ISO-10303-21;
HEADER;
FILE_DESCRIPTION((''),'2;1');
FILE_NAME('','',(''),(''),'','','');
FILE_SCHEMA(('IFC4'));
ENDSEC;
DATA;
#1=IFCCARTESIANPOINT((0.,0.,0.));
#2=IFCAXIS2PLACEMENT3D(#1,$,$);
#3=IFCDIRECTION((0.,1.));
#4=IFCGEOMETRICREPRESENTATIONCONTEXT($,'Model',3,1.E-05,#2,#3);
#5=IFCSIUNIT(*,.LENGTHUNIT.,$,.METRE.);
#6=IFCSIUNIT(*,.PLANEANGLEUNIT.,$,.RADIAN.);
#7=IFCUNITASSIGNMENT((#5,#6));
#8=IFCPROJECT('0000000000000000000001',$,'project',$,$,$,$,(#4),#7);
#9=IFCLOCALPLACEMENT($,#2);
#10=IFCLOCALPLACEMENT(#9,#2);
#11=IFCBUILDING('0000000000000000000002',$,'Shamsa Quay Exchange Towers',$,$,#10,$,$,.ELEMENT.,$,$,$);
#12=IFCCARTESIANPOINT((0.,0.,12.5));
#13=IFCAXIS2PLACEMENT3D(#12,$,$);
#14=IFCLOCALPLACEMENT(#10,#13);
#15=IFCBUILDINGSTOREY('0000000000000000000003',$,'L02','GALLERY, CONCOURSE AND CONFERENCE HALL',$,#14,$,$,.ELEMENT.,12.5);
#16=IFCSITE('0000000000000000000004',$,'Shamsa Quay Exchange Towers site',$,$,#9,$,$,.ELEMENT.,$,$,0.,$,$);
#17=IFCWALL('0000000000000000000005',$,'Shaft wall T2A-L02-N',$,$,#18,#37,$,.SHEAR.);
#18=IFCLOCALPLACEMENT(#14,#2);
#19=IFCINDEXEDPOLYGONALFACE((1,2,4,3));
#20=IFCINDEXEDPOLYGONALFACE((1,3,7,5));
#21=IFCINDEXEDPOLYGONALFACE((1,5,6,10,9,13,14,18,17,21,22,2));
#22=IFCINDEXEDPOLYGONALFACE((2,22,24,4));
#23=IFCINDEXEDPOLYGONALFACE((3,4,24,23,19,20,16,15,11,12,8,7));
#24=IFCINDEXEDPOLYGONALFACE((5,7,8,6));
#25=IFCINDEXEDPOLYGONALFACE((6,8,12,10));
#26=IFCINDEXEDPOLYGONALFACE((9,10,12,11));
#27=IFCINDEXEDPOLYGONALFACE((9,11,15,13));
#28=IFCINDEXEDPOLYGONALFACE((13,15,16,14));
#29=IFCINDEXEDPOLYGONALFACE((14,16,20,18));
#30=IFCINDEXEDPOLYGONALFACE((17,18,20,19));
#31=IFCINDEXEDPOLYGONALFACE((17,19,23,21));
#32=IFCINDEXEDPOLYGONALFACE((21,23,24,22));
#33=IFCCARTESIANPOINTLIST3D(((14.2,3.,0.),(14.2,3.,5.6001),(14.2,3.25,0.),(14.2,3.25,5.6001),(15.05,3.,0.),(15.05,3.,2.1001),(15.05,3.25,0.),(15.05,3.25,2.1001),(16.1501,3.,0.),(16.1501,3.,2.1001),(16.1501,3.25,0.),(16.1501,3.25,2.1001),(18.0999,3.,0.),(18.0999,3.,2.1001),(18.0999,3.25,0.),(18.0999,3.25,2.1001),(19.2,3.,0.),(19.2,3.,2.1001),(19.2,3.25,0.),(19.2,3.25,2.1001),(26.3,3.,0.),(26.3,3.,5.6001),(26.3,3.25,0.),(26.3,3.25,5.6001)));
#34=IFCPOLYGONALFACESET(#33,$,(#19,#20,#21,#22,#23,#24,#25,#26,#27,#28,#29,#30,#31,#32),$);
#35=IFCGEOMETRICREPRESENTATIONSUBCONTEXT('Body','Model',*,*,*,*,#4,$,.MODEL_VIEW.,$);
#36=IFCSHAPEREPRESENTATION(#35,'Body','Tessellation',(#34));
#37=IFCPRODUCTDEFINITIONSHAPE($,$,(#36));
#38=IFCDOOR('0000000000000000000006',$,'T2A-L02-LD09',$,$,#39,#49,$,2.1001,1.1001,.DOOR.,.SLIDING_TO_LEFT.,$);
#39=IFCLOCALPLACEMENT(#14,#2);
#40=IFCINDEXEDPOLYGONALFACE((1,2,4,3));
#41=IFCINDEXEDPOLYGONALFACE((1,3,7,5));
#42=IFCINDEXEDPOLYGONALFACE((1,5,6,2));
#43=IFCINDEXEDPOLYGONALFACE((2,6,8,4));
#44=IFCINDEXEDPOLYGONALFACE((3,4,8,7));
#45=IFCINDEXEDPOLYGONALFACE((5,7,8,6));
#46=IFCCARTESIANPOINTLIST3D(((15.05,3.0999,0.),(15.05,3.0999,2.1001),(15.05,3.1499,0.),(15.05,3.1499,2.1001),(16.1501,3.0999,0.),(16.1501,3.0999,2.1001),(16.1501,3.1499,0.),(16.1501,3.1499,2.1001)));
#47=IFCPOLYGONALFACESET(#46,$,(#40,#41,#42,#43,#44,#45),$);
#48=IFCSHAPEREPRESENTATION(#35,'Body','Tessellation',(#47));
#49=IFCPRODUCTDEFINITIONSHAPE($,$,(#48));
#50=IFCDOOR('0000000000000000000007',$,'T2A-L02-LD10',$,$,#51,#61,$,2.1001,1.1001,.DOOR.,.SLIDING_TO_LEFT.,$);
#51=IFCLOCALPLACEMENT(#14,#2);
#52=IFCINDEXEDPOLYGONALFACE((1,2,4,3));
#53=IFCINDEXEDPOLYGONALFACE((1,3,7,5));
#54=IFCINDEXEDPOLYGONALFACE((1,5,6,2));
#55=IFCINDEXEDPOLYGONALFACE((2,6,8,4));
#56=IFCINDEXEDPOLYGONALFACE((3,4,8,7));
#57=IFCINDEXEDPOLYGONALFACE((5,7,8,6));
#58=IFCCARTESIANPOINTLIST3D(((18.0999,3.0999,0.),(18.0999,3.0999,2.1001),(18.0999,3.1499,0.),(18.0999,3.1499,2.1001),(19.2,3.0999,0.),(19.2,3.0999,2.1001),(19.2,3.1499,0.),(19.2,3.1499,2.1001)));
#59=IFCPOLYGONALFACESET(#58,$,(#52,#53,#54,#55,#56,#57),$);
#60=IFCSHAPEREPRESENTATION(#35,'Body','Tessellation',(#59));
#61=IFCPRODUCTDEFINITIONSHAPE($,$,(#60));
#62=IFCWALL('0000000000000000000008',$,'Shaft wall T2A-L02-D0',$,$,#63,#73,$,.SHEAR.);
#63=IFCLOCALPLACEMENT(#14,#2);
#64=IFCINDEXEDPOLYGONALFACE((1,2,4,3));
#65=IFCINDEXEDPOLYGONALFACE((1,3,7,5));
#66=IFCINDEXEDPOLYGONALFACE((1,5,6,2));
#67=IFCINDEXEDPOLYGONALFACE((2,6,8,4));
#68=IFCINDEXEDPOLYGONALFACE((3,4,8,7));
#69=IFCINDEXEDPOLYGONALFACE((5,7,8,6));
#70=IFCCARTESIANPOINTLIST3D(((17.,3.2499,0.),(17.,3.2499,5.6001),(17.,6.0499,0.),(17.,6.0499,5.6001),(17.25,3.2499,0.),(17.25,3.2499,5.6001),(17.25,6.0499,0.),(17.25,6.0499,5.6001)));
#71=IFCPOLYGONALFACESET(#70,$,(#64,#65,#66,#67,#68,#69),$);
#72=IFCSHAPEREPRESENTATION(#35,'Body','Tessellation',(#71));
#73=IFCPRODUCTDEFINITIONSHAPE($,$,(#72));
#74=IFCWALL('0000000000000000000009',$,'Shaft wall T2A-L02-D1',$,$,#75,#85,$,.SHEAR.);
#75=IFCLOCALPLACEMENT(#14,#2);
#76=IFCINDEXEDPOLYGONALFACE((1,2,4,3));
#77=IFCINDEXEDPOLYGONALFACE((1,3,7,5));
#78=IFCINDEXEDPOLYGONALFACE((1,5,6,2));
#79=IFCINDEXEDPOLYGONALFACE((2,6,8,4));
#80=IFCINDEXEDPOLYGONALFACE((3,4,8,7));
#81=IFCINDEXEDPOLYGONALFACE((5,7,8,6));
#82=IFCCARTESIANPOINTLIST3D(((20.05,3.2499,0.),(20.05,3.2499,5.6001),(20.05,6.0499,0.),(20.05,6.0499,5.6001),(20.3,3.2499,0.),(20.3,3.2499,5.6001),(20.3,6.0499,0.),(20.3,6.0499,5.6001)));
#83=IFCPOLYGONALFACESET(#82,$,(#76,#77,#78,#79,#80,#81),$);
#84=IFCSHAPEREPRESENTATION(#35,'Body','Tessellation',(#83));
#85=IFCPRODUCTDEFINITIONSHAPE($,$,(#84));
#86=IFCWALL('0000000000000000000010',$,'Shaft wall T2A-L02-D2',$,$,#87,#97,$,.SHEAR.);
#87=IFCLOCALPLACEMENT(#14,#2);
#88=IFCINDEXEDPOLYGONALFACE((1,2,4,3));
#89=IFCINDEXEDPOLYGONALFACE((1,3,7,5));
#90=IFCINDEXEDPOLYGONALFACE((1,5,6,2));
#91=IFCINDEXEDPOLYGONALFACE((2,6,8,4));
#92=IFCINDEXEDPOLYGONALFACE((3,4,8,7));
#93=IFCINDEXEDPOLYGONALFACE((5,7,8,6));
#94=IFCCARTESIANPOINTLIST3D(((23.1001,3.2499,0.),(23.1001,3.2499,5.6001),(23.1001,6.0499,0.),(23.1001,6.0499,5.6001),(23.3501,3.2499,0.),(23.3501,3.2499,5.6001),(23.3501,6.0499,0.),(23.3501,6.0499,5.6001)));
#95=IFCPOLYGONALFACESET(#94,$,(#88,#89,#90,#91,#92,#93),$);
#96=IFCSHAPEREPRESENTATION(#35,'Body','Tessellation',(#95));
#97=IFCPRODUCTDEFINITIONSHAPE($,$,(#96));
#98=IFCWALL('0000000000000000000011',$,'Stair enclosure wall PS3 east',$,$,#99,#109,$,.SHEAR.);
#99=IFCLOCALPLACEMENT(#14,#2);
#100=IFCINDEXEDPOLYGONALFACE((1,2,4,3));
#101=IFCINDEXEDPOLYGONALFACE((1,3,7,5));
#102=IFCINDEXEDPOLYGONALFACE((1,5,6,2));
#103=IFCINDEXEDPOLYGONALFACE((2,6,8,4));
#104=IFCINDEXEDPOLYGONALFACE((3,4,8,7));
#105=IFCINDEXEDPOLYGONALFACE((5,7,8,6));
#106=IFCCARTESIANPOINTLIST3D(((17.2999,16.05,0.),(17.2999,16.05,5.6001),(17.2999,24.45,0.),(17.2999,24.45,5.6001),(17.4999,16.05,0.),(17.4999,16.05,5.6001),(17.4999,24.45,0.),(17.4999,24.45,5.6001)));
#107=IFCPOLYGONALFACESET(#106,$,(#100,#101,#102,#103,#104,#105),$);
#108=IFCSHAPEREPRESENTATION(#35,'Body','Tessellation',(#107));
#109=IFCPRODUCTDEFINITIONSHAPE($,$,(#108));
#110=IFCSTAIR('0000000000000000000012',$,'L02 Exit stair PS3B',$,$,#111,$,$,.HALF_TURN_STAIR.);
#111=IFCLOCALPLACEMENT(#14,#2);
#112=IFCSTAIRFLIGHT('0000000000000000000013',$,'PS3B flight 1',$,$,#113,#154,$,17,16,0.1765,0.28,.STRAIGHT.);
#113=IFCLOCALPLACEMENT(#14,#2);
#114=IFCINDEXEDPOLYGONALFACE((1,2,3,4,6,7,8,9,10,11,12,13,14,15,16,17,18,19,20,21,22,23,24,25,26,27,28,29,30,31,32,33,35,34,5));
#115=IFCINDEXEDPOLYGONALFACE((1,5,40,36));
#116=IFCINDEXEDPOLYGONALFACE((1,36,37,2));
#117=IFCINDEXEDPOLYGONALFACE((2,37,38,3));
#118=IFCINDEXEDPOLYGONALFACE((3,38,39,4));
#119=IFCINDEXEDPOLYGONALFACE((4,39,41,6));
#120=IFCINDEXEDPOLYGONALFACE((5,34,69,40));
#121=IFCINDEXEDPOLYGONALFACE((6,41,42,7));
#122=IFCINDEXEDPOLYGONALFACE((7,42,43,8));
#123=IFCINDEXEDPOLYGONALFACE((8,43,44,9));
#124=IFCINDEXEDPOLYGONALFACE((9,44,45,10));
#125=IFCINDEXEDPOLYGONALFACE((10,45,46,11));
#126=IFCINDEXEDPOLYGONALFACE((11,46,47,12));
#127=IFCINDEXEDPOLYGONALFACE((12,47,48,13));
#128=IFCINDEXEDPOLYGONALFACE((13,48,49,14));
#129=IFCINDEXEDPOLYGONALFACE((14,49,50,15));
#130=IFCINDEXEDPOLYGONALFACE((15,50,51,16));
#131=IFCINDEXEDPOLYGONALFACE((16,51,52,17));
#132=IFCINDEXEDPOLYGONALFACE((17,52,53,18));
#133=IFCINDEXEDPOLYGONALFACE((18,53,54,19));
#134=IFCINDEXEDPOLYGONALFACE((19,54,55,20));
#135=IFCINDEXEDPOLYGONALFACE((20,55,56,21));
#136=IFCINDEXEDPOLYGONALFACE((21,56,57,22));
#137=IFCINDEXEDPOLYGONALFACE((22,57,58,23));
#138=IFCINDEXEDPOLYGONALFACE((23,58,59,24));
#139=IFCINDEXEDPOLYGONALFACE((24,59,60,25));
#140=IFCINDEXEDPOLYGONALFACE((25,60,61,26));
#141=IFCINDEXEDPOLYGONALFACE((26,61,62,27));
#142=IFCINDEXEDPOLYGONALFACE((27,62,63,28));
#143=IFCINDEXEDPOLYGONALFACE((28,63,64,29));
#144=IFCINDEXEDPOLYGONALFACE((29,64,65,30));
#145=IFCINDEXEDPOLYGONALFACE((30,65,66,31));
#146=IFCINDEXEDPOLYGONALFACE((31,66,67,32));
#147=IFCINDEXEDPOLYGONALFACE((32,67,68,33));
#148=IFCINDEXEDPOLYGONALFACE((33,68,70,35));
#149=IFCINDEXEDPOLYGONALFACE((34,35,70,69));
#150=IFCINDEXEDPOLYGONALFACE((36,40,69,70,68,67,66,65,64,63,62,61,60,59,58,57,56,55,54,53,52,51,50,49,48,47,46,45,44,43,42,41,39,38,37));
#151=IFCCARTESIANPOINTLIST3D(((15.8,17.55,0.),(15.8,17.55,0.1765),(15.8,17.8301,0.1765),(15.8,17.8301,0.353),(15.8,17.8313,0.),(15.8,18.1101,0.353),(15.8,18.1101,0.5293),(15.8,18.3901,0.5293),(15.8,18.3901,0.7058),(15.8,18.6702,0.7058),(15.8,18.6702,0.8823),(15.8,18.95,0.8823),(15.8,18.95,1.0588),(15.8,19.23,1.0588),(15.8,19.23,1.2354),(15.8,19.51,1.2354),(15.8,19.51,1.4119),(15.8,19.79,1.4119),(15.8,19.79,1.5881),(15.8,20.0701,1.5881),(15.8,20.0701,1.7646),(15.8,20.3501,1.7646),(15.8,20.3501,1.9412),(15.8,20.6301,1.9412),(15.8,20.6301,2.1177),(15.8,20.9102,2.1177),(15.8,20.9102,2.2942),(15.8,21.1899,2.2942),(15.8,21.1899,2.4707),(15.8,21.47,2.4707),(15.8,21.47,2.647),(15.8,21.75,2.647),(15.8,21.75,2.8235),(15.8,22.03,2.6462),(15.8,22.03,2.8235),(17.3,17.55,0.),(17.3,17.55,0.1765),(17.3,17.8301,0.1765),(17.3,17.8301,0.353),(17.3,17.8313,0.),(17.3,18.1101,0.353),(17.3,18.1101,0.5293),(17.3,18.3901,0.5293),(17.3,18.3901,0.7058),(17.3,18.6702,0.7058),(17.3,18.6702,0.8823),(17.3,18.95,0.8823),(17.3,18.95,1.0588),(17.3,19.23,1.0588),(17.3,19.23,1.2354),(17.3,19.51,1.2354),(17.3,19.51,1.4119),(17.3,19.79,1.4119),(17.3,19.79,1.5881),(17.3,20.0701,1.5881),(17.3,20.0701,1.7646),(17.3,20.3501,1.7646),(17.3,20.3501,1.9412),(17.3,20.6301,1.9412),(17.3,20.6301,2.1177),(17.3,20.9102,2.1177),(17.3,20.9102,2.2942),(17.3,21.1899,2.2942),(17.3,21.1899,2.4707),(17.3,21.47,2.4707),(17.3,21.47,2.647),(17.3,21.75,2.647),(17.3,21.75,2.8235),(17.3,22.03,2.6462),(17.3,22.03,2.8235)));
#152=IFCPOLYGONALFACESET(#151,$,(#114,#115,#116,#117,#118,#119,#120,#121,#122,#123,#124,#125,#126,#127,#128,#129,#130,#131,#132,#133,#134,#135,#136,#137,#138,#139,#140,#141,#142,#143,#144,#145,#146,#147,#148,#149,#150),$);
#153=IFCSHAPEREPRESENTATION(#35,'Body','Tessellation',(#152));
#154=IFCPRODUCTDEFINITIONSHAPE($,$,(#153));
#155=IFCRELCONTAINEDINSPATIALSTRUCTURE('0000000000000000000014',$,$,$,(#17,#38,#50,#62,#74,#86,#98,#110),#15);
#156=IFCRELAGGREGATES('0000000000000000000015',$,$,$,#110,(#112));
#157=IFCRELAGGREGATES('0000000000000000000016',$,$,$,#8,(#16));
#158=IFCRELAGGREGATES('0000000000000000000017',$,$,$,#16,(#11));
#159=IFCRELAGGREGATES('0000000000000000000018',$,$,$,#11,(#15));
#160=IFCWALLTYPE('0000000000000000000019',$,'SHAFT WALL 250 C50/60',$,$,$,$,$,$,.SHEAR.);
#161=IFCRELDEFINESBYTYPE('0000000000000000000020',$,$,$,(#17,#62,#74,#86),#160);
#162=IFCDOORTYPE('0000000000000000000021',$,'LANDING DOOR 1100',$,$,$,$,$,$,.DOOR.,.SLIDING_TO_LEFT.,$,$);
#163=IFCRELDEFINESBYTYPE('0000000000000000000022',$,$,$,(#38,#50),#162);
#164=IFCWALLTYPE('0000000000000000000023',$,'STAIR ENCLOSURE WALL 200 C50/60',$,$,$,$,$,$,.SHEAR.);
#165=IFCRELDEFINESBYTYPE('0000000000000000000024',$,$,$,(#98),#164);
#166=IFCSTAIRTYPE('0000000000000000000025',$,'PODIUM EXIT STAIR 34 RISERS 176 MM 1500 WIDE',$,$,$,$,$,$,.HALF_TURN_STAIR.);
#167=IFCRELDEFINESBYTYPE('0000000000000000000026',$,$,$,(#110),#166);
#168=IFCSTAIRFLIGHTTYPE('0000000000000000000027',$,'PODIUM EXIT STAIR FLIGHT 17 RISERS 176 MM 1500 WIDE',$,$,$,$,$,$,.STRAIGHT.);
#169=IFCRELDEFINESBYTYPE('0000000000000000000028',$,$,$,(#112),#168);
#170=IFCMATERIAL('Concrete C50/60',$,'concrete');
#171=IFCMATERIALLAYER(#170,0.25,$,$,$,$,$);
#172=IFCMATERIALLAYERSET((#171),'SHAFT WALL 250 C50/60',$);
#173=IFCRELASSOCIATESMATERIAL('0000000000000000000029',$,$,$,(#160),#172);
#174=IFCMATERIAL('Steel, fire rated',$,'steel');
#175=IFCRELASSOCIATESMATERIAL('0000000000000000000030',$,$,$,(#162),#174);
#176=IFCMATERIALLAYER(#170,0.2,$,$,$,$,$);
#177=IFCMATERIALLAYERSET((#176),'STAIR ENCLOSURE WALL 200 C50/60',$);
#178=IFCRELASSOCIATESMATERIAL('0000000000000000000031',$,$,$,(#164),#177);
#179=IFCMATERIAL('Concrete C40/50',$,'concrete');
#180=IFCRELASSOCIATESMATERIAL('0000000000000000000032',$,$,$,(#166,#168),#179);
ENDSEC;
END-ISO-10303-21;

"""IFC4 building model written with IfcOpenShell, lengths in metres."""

from ifc_helpers import new_model, si_unit, direction, frame, frame_2d, origin, place, context, subcontext, project, spatial, polyline, rectangle, outline, extrude, material, layer, layer_set, type_object, element, fill, aggregate, save


model = new_model("IFC4")

# Units and contexts
model_context = context("Model", 3, precision=1e-05, world=origin(), true_north=direction((0.0, 1.0)))
body_context = subcontext(model_context, "Body", "Model", "MODEL_VIEW")
ifc_project = project(units=[si_unit("LENGTHUNIT", "METRE"), si_unit("PLANEANGLEUNIT", "RADIAN")], contexts=[model_context])

# Site, building, storey
site_placement = place(None, origin())
site = spatial("IfcSite", under=ifc_project, at=site_placement, Name="Shamsa Quay Exchange Towers site", CompositionType="ELEMENT", RefElevation=0.0)
building_placement = place(site_placement, origin())
building = spatial("IfcBuilding", under=site, at=building_placement, Name="Shamsa Quay Exchange Towers", CompositionType="ELEMENT")
storey_placement = place(building_placement, frame((0.0, 0.0, 12.5)))
storey = spatial("IfcBuildingStorey", under=building, at=storey_placement, Name="L02", Description="GALLERY, CONCOURSE AND CONFERENCE HALL", CompositionType="ELEMENT", Elevation=12.5)

# Shared definitions
ifc_material_1 = material(Name="Steel, fire rated", Category="steel")

# Wall, openings, doors
ifc_material_2 = material(Name="Concrete C50/60", Category="concrete")
ifc_layer_1 = layer(ifc_material_2, 0.25)
ifc_layer_set_1 = layer_set([ifc_layer_1], Name="SHAFT WALL 250 C50/60")
wall_type_1 = type_object("IfcWallType", Name="SHAFT WALL 250 C50/60", PredefinedType="SHEAR", material=ifc_layer_set_1)
wall_1_placement = place(storey_placement, frame((14.2, 3.125, 0.0)))
wall_1 = element("IfcWall", 1, at=wall_1_placement, inside=storey, type_object=wall_type_1, Name="Shaft wall T2A-L02-N", PredefinedType="SHEAR", context=body_context, shape_type="SweptSolid", body=[
    extrude(rectangle(XDim=12.1001, YDim=0.25, at=frame_2d((6.05, 0.0))), origin(), (0.0, 0.0, 1.0), 5.6001),
])
opening_1_placement = place(wall_1_placement, frame((0.8501, 0.0, 0.0)))
opening_1 = element("IfcOpeningElement", 2, at=opening_1_placement, cuts=wall_1, PredefinedType="OPENING", context=body_context, shape_type="SweptSolid", body=[
    extrude(rectangle(XDim=1.1001, YDim=2.1001, at=frame_2d((0.55, 1.05))), frame((0.0, 0.135, 0.0), z_axis=(0.0, -1.0, 0.0), x_axis=(1.0, 0.0, 0.0)), (0.0, 0.0, 1.0), 0.27),
])
opening_2_placement = place(wall_1_placement, frame((3.8999, 0.0, 0.0)))
opening_2 = element("IfcOpeningElement", 3, at=opening_2_placement, cuts=wall_1, PredefinedType="OPENING", context=body_context, shape_type="SweptSolid", body=[
    extrude(rectangle(XDim=1.1001, YDim=2.1001, at=frame_2d((0.55, 1.05))), frame((0.0, 0.135, 0.0), z_axis=(0.0, -1.0, 0.0), x_axis=(1.0, 0.0, 0.0)), (0.0, 0.0, 1.0), 0.27),
])
door_type_1 = type_object("IfcDoorType", Name="LANDING DOOR 1100", OperationType="SLIDING_TO_LEFT", PredefinedType="DOOR", material=ifc_material_1)
door_1_placement = place(opening_1_placement, origin())
door_1 = element("IfcDoor", 4, at=door_1_placement, inside=storey, type_object=door_type_1, Name="T2A-L02-LD09", OperationType="SLIDING_TO_LEFT", OverallHeight=2.1001, OverallWidth=1.1001, PredefinedType="DOOR", context=body_context, shape_type="SweptSolid", body=[
    extrude(rectangle(XDim=1.1001, YDim=2.1001, at=frame_2d((0.55, 1.05))), frame((0.0, 0.0249, 0.0), z_axis=(0.0, -1.0, 0.0), x_axis=(1.0, 0.0, 0.0)), (0.0, 0.0, 1.0), 0.05),
])
fill(opening_1, door_1)
door_2_placement = place(opening_2_placement, origin())
door_2 = element("IfcDoor", 5, at=door_2_placement, inside=storey, type_object=door_type_1, Name="T2A-L02-LD10", OperationType="SLIDING_TO_LEFT", OverallHeight=2.1001, OverallWidth=1.1001, PredefinedType="DOOR", context=body_context, shape_type="SweptSolid", body=[
    extrude(rectangle(XDim=1.1001, YDim=2.1001, at=frame_2d((0.55, 1.05))), frame((0.0, 0.0249, 0.0), z_axis=(0.0, -1.0, 0.0), x_axis=(1.0, 0.0, 0.0)), (0.0, 0.0, 1.0), 0.05),
])
fill(opening_2, door_2)

# Walls
for number, where, z_axis, x_axis, name in (
    (6, (17.125, 3.25, 0.0), (0.0, 0.0, 1.0), (0.0, 1.0, 0.0), "Shaft wall T2A-L02-D0"),
    (7, (20.175, 3.25, 0.0), (0.0, 0.0, 1.0), (0.0, 1.0, 0.0), "Shaft wall T2A-L02-D1"),
    (8, (23.2251, 3.25, 0.0), (0.0, 0.0, 1.0), (0.0, 1.0, 0.0), "Shaft wall T2A-L02-D2"),
):
    element("IfcWall", number, at=place(storey_placement, frame(where, z_axis=z_axis, x_axis=x_axis)), inside=storey, type_object=wall_type_1, Name=name, PredefinedType="SHEAR", context=body_context, shape_type="SweptSolid", body=[
        extrude(rectangle(XDim=2.8, YDim=0.25, at=frame_2d((1.3999, 0.0))), origin(), (0.0, 0.0, 1.0), 5.6001),
    ])
ifc_layer_2 = layer(ifc_material_2, 0.2)
ifc_layer_set_2 = layer_set([ifc_layer_2], Name="STAIR ENCLOSURE WALL 200 C50/60")
wall_type_2 = type_object("IfcWallType", Name="STAIR ENCLOSURE WALL 200 C50/60", PredefinedType="SHEAR", material=ifc_layer_set_2)
wall_2_placement = place(storey_placement, frame((17.3999, 16.05, 0.0), z_axis=(0.0, 0.0, 1.0), x_axis=(0.0, 1.0, 0.0)))
element("IfcWall", 9, at=wall_2_placement, inside=storey, type_object=wall_type_2, Name="Stair enclosure wall PS3 east", PredefinedType="SHEAR", context=body_context, shape_type="SweptSolid", body=[
    extrude(rectangle(XDim=8.3999, YDim=0.2, at=frame_2d((4.2, 0.0))), origin(), (0.0, 0.0, 1.0), 5.6001),
])

# Stair, stair flight
ifc_material_3 = material(Name="Concrete C40/50", Category="concrete")
stair_type = type_object("IfcStairType", Name="PODIUM EXIT STAIR 34 RISERS 176 MM 1500 WIDE", PredefinedType="HALF_TURN_STAIR", material=ifc_material_3)
stair_placement = place(storey_placement, origin())
stair = element("IfcStair", 10, at=stair_placement, inside=storey, type_object=stair_type, Name="L02 Exit stair PS3B", PredefinedType="HALF_TURN_STAIR")
stair_flight_type = type_object("IfcStairFlightType", Name="PODIUM EXIT STAIR FLIGHT 17 RISERS 176 MM 1500 WIDE", PredefinedType="STRAIGHT", material=ifc_material_3)
stair_flight_placement = place(storey_placement, frame((16.55, 17.55, 0.0), z_axis=(0.0, 0.0, 1.0), x_axis=(0.0, 1.0, 0.0)))
stair_flight = element("IfcStairFlight", 11, at=stair_flight_placement, type_object=stair_flight_type, Name="PS3B flight 1", NumberOfRisers=17, NumberOfTreads=16, PredefinedType="STRAIGHT", RiserHeight=0.1765, TreadLength=0.28, context=body_context, shape_type="SweptSolid", body=[
    extrude(outline(polyline([(0.0, 0.0), (0.0, 0.1765), (0.28, 0.1765), (0.28, 0.353), (0.5601, 0.353), (0.5601, 0.5293), (0.8401, 0.5293), (0.8401, 0.7058), (1.1201, 0.7058), (1.1201, 0.8823), (1.3999, 0.8823), (1.3999, 1.0588), (1.6799, 1.0588), (1.6799, 1.2354), (1.96, 1.2354), (1.96, 1.4119), (2.24, 1.4119), (2.24, 1.5881), (2.52, 1.5881), (2.52, 1.7646), (2.8, 1.7646), (2.8, 1.9412), (3.0801, 1.9412), (3.0801, 2.1177), (3.3601, 2.1177), (3.3601, 2.2942), (3.6399, 2.2942), (3.6399, 2.4707), (3.9199, 2.4707), (3.9199, 2.647), (4.2, 2.647), (4.2, 2.8235), (4.48, 2.8235), (4.48, 3.0), (4.48, 2.6462), (0.2812, 0.0), (0.0, 0.0)])), frame((0.0, 0.75, 0.0), z_axis=(0.0, -1.0, 0.0), x_axis=(1.0, 0.0, 0.0)), (0.0, 0.0, 1.0), 1.5),
])
aggregate(stair, [stair_flight])

save(model, "model.ifc")
